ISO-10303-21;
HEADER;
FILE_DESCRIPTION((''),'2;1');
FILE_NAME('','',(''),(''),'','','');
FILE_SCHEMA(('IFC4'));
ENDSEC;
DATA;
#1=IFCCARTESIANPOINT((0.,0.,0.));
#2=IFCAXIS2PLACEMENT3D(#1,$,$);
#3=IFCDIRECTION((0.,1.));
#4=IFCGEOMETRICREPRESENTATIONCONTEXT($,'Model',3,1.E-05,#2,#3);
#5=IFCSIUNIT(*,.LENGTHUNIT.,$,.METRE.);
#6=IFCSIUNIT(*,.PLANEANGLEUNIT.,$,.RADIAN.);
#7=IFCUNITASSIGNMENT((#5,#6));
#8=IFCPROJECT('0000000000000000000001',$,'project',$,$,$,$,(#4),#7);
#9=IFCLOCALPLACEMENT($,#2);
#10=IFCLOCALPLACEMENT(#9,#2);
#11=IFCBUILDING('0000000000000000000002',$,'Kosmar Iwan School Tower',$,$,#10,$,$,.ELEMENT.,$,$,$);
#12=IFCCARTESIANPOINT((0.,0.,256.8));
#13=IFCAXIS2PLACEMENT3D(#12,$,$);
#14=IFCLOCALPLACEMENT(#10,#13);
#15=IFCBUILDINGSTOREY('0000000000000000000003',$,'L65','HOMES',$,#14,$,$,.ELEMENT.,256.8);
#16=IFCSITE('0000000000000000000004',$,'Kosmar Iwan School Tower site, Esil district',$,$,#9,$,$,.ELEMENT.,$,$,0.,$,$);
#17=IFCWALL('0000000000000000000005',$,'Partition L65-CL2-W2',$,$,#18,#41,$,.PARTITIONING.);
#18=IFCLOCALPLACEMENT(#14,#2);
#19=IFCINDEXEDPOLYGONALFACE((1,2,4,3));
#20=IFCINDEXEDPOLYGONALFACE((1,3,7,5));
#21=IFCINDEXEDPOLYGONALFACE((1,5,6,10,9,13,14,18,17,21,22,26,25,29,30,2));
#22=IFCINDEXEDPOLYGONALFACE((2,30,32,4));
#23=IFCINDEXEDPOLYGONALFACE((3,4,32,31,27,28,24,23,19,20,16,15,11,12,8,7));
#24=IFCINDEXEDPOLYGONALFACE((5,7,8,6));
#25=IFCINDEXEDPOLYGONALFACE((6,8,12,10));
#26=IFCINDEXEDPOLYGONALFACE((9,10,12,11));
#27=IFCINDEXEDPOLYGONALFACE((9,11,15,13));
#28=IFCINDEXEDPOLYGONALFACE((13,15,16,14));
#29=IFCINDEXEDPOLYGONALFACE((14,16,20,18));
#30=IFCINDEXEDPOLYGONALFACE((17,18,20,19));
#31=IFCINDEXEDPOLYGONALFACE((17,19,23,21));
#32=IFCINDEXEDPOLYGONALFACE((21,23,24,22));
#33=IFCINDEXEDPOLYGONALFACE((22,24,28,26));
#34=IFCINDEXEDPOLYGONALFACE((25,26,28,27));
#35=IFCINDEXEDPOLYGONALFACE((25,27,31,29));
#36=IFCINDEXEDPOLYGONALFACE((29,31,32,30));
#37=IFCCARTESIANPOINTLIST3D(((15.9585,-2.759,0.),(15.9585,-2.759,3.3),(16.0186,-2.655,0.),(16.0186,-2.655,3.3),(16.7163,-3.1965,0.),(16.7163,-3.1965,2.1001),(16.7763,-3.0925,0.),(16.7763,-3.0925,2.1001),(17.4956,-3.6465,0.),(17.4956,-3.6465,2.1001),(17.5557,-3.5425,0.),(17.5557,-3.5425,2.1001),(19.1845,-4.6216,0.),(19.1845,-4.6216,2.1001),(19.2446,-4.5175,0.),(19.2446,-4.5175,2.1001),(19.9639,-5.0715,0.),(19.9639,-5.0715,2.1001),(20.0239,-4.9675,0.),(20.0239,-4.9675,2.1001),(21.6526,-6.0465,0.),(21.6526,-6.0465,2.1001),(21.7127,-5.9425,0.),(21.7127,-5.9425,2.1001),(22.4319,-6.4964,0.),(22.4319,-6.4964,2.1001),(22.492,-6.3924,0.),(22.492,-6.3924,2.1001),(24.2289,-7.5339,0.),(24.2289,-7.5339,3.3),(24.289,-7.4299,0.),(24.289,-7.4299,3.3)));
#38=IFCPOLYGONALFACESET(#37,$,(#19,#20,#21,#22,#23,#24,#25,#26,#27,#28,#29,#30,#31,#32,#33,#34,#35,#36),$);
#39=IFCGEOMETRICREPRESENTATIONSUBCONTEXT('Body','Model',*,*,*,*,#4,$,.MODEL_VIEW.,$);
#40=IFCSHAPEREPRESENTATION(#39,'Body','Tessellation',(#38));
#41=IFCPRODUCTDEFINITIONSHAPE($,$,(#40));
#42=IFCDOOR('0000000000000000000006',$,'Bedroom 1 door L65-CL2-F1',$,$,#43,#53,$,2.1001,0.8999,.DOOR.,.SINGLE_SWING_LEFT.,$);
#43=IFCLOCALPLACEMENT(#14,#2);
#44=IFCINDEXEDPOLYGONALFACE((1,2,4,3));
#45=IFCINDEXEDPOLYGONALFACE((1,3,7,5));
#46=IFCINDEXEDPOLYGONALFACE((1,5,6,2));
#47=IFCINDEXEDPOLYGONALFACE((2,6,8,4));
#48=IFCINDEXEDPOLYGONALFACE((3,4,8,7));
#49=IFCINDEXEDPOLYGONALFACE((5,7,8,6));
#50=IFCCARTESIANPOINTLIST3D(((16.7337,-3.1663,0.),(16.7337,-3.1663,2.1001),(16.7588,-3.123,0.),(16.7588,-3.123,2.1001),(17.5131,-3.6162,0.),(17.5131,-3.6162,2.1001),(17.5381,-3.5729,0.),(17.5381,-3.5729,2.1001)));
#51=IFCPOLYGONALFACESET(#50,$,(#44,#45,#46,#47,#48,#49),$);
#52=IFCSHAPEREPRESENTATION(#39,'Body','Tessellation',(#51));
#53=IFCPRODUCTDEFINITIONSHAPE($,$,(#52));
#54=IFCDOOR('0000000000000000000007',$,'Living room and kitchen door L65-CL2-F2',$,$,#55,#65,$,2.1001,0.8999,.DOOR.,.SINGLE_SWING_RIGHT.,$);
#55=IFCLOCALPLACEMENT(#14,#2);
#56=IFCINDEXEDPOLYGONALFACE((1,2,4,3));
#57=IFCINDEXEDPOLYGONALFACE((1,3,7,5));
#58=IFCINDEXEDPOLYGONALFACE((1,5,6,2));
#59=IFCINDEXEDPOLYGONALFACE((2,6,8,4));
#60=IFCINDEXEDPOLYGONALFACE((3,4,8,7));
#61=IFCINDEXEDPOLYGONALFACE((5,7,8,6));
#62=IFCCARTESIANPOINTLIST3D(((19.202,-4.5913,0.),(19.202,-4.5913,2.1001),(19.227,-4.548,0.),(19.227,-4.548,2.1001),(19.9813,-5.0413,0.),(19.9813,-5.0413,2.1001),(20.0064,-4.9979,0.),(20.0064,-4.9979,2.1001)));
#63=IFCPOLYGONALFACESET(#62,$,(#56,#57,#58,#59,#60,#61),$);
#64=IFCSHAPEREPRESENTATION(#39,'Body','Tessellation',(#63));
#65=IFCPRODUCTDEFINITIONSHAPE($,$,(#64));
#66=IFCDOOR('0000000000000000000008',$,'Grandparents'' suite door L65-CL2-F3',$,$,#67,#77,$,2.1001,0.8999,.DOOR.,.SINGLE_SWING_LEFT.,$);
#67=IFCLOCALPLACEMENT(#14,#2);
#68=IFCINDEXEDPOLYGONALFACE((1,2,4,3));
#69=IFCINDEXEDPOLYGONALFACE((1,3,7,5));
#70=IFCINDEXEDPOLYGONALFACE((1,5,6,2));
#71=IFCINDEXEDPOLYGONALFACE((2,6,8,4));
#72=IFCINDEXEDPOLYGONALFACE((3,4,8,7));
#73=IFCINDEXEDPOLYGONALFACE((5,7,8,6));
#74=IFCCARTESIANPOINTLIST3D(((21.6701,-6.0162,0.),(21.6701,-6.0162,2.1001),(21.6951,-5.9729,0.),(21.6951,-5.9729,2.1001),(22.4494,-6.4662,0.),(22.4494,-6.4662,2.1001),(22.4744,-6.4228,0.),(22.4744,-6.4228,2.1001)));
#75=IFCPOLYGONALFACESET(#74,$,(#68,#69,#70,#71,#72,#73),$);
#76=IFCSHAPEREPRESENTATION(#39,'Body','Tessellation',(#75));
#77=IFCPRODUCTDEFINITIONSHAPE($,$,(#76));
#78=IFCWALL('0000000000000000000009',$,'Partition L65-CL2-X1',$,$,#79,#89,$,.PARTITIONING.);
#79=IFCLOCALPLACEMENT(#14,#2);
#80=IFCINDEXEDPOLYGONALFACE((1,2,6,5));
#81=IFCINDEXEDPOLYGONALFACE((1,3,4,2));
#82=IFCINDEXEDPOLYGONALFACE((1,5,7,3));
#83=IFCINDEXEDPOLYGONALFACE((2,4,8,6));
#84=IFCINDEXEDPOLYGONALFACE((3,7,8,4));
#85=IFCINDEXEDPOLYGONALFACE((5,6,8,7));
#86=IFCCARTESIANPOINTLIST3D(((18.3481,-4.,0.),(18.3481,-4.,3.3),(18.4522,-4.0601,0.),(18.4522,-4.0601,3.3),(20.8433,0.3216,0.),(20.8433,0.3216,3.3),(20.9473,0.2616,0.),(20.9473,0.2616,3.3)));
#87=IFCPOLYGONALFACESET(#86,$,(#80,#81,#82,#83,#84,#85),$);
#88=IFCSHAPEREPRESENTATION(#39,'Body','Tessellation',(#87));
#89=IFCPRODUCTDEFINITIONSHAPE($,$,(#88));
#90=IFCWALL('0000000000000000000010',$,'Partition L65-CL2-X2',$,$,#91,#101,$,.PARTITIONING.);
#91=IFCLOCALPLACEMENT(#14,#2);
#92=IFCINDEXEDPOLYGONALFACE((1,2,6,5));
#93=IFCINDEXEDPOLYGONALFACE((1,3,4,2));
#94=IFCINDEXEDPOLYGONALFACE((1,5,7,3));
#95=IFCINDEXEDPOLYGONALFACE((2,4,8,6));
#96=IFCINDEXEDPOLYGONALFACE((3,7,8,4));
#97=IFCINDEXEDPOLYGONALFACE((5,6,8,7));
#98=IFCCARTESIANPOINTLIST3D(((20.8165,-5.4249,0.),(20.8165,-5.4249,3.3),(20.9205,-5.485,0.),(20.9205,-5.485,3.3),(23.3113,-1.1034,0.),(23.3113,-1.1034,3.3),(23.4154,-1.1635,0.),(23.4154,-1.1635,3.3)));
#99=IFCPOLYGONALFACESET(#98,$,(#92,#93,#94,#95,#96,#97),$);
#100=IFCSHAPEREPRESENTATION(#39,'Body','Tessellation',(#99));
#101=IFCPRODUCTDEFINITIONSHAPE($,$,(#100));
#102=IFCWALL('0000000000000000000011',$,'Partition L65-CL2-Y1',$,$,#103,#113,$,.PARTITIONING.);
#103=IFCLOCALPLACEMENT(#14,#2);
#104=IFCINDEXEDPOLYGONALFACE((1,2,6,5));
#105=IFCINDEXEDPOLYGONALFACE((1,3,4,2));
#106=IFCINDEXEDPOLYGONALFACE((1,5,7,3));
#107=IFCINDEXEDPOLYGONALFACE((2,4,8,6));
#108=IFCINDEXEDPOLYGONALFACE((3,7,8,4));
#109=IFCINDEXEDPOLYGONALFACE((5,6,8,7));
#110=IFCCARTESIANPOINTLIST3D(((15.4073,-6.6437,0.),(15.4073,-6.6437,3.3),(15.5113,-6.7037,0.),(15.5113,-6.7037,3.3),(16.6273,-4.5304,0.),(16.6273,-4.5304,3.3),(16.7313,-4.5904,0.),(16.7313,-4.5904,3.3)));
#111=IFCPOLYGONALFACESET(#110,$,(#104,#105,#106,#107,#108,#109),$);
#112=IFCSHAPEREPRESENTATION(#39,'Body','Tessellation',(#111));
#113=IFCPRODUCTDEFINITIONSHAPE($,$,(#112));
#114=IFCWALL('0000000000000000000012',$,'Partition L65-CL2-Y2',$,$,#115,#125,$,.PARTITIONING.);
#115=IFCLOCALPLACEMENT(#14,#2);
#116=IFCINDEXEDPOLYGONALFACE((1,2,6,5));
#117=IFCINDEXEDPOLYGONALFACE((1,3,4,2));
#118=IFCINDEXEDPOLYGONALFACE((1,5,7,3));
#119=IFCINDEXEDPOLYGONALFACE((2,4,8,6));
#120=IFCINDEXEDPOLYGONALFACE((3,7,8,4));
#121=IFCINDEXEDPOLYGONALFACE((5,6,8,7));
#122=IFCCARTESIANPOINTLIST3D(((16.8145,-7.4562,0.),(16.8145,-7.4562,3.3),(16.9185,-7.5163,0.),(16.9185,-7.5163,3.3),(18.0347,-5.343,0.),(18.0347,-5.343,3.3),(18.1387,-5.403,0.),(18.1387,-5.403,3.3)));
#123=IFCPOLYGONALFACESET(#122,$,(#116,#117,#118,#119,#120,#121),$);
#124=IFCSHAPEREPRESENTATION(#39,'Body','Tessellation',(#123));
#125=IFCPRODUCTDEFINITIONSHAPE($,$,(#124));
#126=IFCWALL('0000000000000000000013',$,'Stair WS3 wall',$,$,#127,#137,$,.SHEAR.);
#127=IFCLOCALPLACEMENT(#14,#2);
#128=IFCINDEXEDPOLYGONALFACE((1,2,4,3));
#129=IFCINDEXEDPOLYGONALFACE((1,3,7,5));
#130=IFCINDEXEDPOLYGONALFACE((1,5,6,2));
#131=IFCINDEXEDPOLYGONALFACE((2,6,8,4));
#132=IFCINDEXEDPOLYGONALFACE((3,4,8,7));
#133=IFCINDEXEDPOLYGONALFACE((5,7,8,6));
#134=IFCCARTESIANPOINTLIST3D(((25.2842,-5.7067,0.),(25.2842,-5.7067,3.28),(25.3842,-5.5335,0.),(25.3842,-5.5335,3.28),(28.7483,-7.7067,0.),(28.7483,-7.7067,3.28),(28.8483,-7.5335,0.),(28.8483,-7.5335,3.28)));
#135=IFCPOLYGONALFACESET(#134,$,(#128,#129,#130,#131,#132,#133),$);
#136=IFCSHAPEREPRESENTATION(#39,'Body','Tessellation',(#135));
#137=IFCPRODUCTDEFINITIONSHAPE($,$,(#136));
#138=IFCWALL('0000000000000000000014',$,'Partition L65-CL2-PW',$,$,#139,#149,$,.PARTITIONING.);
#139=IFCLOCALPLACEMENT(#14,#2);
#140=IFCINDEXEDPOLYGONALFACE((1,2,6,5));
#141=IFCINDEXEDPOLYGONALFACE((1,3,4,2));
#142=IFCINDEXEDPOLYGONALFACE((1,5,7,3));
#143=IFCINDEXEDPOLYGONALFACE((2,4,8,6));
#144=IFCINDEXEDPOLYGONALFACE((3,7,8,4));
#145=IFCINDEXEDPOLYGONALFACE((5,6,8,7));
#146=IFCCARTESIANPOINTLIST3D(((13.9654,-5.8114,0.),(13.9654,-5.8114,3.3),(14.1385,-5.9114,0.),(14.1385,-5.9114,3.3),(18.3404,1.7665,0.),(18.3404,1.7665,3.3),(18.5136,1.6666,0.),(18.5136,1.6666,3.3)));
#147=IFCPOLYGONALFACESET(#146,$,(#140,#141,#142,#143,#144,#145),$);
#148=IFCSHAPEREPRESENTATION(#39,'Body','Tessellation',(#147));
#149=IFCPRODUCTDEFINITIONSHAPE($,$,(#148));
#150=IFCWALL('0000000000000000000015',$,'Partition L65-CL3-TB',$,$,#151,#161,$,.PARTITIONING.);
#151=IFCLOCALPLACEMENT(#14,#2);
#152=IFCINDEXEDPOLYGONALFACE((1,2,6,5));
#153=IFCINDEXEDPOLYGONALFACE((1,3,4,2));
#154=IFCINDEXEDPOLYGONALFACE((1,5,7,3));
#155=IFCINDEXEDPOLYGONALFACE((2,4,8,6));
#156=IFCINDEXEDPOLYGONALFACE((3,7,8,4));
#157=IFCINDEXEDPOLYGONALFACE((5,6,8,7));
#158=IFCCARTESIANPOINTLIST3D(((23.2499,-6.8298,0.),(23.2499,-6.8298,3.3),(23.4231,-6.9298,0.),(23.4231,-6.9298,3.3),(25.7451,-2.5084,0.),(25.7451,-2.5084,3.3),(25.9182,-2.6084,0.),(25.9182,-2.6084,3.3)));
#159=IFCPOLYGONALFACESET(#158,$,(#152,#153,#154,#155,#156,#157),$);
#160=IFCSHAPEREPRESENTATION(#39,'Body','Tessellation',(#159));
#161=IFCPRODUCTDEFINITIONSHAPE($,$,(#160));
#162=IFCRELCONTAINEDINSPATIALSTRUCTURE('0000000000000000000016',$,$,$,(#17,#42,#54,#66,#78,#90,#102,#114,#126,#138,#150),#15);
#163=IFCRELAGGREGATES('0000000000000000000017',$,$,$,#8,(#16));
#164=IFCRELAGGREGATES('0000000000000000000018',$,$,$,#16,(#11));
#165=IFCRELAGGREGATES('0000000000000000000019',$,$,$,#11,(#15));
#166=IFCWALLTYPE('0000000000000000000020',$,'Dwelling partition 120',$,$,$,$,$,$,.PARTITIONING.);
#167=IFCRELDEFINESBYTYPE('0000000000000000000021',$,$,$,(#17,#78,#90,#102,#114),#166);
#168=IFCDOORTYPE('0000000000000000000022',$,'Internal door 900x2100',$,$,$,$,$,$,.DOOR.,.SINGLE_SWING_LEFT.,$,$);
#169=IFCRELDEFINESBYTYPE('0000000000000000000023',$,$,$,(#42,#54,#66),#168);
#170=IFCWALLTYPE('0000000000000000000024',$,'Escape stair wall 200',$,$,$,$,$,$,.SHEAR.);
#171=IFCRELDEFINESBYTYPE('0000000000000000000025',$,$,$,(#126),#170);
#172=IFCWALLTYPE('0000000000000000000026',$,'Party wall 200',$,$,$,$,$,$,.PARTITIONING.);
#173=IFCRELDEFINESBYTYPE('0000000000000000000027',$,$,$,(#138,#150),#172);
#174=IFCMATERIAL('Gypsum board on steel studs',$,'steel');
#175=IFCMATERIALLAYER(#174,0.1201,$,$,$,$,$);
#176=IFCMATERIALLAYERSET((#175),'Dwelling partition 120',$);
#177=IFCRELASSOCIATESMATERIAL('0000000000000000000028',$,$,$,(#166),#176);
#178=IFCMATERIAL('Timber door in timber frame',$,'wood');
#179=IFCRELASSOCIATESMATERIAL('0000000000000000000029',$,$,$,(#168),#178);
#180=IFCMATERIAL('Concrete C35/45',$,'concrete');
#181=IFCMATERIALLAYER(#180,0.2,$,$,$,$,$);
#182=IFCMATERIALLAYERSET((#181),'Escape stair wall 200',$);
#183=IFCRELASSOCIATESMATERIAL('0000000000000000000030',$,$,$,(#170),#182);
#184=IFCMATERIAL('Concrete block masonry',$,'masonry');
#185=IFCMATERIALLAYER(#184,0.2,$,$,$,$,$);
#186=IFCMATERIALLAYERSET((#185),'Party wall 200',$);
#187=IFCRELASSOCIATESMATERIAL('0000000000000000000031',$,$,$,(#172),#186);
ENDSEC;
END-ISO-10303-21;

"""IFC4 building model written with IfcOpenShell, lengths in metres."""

from ifc_helpers import new_model, si_unit, direction, frame, frame_2d, origin, place, context, subcontext, project, spatial, rectangle, extrude, material, layer, layer_set, type_object, element, fill, save


model = new_model("IFC4")

# Units and contexts
model_context = context("Model", 3, precision=1e-05, world=origin(), true_north=direction((0.0, 1.0)))
body_context = subcontext(model_context, "Body", "Model", "MODEL_VIEW")
ifc_project = project(units=[si_unit("LENGTHUNIT", "METRE"), si_unit("PLANEANGLEUNIT", "RADIAN")], contexts=[model_context])

# Site, building, storey
site_placement = place(None, origin())
site = spatial("IfcSite", under=ifc_project, at=site_placement, Name="Kosmar Iwan School Tower site, Esil district", CompositionType="ELEMENT", RefElevation=0.0)
building_placement = place(site_placement, origin())
building = spatial("IfcBuilding", under=site, at=building_placement, Name="Kosmar Iwan School Tower", CompositionType="ELEMENT")
storey_placement = place(building_placement, frame((0.0, 0.0, 256.8)))
storey = spatial("IfcBuildingStorey", under=building, at=storey_placement, Name="L65", Description="HOMES", CompositionType="ELEMENT", Elevation=256.8)

# Wall, openings, doors
ifc_material_1 = material(Name="Gypsum board on steel studs", Category="steel")
ifc_layer_1 = layer(ifc_material_1, 0.1201)
ifc_layer_set_1 = layer_set([ifc_layer_1], Name="Dwelling partition 120")
wall_type_1 = type_object("IfcWallType", Name="Dwelling partition 120", PredefinedType="PARTITIONING", material=ifc_layer_set_1)
ifc_material_2 = material(Name="Timber door in timber frame", Category="wood")
door_type_1 = type_object("IfcDoorType", Name="Internal door 900x2100", OperationType="SINGLE_SWING_LEFT", PredefinedType="DOOR", material=ifc_material_2)
wall_1_placement = place(storey_placement, frame((15.9885, -2.707, 0.0), z_axis=(0.0, 0.0, 1.0), x_axis=(0.866029, -0.499994, 0.0)))
wall_1 = element("IfcWall", 1, at=wall_1_placement, inside=storey, type_object=wall_type_1, Name="Partition L65-CL2-W2", PredefinedType="PARTITIONING", context=body_context, shape_type="SweptSolid", body=[
    extrude(rectangle(XDim=9.5498, YDim=0.1201, at=frame_2d((4.7749, 0.0))), origin(), (0.0, 0.0, 1.0), 3.3),
])
opening_1_placement = place(wall_1_placement, frame((0.875, 0.0, 0.0)))
opening_1 = element("IfcOpeningElement", 2, at=opening_1_placement, cuts=wall_1, PredefinedType="OPENING", context=body_context, shape_type="SweptSolid", body=[
    extrude(rectangle(XDim=0.8999, YDim=2.1001, at=frame_2d((0.45, 1.05))), frame((0.0, 0.072, 0.0), z_axis=(0.0, -1.0, 0.0), x_axis=(1.0, 0.0, 0.0)), (0.0, 0.0, 1.0), 0.144),
])
opening_2_placement = place(wall_1_placement, frame((3.7251, 0.0, 0.0)))
opening_2 = element("IfcOpeningElement", 3, at=opening_2_placement, cuts=wall_1, PredefinedType="OPENING", context=body_context, shape_type="SweptSolid", body=[
    extrude(rectangle(XDim=0.8999, YDim=2.1001, at=frame_2d((0.45, 1.05))), frame((0.0, 0.072, 0.0), z_axis=(0.0, -1.0, 0.0), x_axis=(1.0, 0.0, 0.0)), (0.0, 0.0, 1.0), 0.144),
])
opening_3_placement = place(wall_1_placement, frame((6.575, 0.0, 0.0)))
opening_3 = element("IfcOpeningElement", 4, at=opening_3_placement, cuts=wall_1, PredefinedType="OPENING", context=body_context, shape_type="SweptSolid", body=[
    extrude(rectangle(XDim=0.8999, YDim=2.1001, at=frame_2d((0.45, 1.05))), frame((0.0, 0.072, 0.0), z_axis=(0.0, -1.0, 0.0), x_axis=(1.0, 0.0, 0.0)), (0.0, 0.0, 1.0), 0.144),
])
door_1_placement = place(opening_1_placement, origin())
door_1 = element("IfcDoor", 5, at=door_1_placement, inside=storey, type_object=door_type_1, Name="Bedroom 1 door L65-CL2-F1", OperationType="SINGLE_SWING_LEFT", OverallHeight=2.1001, OverallWidth=0.8999, PredefinedType="DOOR", context=body_context, shape_type="SweptSolid", body=[
    extrude(rectangle(XDim=0.8999, YDim=2.1001, at=frame_2d((0.45, 1.05))), frame((0.0, 0.0249, 0.0), z_axis=(0.0, -1.0, 0.0), x_axis=(1.0, 0.0, 0.0)), (0.0, 0.0, 1.0), 0.05),
])
fill(opening_1, door_1)
door_2_placement = place(opening_2_placement, origin())
door_2 = element("IfcDoor", 6, at=door_2_placement, inside=storey, type_object=door_type_1, Name="Living room and kitchen door L65-CL2-F2", OperationType="SINGLE_SWING_RIGHT", OverallHeight=2.1001, OverallWidth=0.8999, PredefinedType="DOOR", context=body_context, shape_type="SweptSolid", body=[
    extrude(rectangle(XDim=0.8999, YDim=2.1001, at=frame_2d((0.45, 1.05))), frame((0.0, 0.0249, 0.0), z_axis=(0.0, -1.0, 0.0), x_axis=(1.0, 0.0, 0.0)), (0.0, 0.0, 1.0), 0.05),
])
fill(opening_2, door_2)
door_3_placement = place(opening_3_placement, origin())
door_3 = element("IfcDoor", 7, at=door_3_placement, inside=storey, type_object=door_type_1, Name="Grandparents' suite door L65-CL2-F3", OperationType="SINGLE_SWING_LEFT", OverallHeight=2.1001, OverallWidth=0.8999, PredefinedType="DOOR", context=body_context, shape_type="SweptSolid", body=[
    extrude(rectangle(XDim=0.8999, YDim=2.1001, at=frame_2d((0.45, 1.05))), frame((0.0, 0.0249, 0.0), z_axis=(0.0, -1.0, 0.0), x_axis=(1.0, 0.0, 0.0)), (0.0, 0.0, 1.0), 0.05),
])
fill(opening_3, door_3)

# Walls
wall_2_placement = place(storey_placement, frame((18.4001, -4.03, 0.0), z_axis=(0.0, 0.0, 1.0), x_axis=(0.500012, 0.866019, 0.0)))
element("IfcWall", 8, at=wall_2_placement, inside=storey, type_object=wall_type_1, Name="Partition L65-CL2-X1", PredefinedType="PARTITIONING", context=body_context, shape_type="SweptSolid", body=[
    extrude(rectangle(XDim=4.9902, YDim=0.1201, at=frame_2d((2.4951, 0.0))), origin(), (0.0, 0.0, 1.0), 3.3),
])
wall_3_placement = place(storey_placement, frame((20.8684, -5.4551, 0.0), z_axis=(0.0, 0.0, 1.0), x_axis=(0.499975, 0.86604, 0.0)))
element("IfcWall", 9, at=wall_3_placement, inside=storey, type_object=wall_type_1, Name="Partition L65-CL2-X2", PredefinedType="PARTITIONING", context=body_context, shape_type="SweptSolid", body=[
    extrude(rectangle(XDim=4.99, YDim=0.1201, at=frame_2d((2.4951, 0.0))), origin(), (0.0, 0.0, 1.0), 3.3),
])
for number, where, z_axis, x_axis, name in (
    (10, (15.4592, -6.6738, 0.0), (0.0, 0.0, 1.0), (0.499959, 0.866049, 0.0), "Partition L65-CL2-Y1"),
    (11, (16.8665, -7.4863, 0.0), (0.0, 0.0, 1.0), (0.500034, 0.866006, 0.0), "Partition L65-CL2-Y2"),
):
    element("IfcWall", number, at=place(storey_placement, frame(where, z_axis=z_axis, x_axis=x_axis)), inside=storey, type_object=wall_type_1, Name=name, PredefinedType="PARTITIONING", context=body_context, shape_type="SweptSolid", body=[
        extrude(rectangle(XDim=2.4402, YDim=0.1201, at=frame_2d((1.2202, 0.0))), origin(), (0.0, 0.0, 1.0), 3.3),
    ])
ifc_material_3 = material(Name="Concrete C35/45", Category="concrete")
ifc_layer_2 = layer(ifc_material_3, 0.2)
ifc_layer_set_2 = layer_set([ifc_layer_2], Name="Escape stair wall 200")
wall_type_2 = type_object("IfcWallType", Name="Escape stair wall 200", PredefinedType="SHEAR", material=ifc_layer_set_2)
wall_4_placement = place(storey_placement, frame((25.3342, -5.6201, 0.0), z_axis=(0.0, 0.0, 1.0), x_axis=(0.866026, -0.499999, 0.0)))
element("IfcWall", 12, at=wall_4_placement, inside=storey, type_object=wall_type_2, Name="Stair WS3 wall", PredefinedType="SHEAR", context=body_context, shape_type="SweptSolid", body=[
    extrude(rectangle(XDim=4.0, YDim=0.2, at=frame_2d((2.0, 0.0))), origin(), (0.0, 0.0, 1.0), 3.28),
])
ifc_material_4 = material(Name="Concrete block masonry", Category="masonry")
ifc_layer_3 = layer(ifc_material_4, 0.2)
ifc_layer_set_3 = layer_set([ifc_layer_3], Name="Party wall 200")
wall_type_3 = type_object("IfcWallType", Name="Party wall 200", PredefinedType="PARTITIONING", material=ifc_layer_set_3)
wall_5_placement = place(storey_placement, frame((14.052, -5.8613, 0.0), z_axis=(0.0, 0.0, 1.0), x_axis=(0.499992, 0.86603, 0.0)))
element("IfcWall", 13, at=wall_5_placement, inside=storey, type_object=wall_type_3, Name="Partition L65-CL2-PW", PredefinedType="PARTITIONING", context=body_context, shape_type="SweptSolid", body=[
    extrude(rectangle(XDim=8.7502, YDim=0.2, at=frame_2d((4.375, 0.0))), origin(), (0.0, 0.0, 1.0), 3.3),
])
wall_6_placement = place(storey_placement, frame((23.3364, -6.8799, 0.0), z_axis=(0.0, 0.0, 1.0), x_axis=(0.500033, 0.866006, 0.0)))
element("IfcWall", 14, at=wall_6_placement, inside=storey, type_object=wall_type_3, Name="Partition L65-CL3-TB", PredefinedType="PARTITIONING", context=body_context, shape_type="SweptSolid", body=[
    extrude(rectangle(XDim=4.99, YDim=0.2, at=frame_2d((2.4951, 0.0))), origin(), (0.0, 0.0, 1.0), 3.3),
])

save(model, "model.ifc")
